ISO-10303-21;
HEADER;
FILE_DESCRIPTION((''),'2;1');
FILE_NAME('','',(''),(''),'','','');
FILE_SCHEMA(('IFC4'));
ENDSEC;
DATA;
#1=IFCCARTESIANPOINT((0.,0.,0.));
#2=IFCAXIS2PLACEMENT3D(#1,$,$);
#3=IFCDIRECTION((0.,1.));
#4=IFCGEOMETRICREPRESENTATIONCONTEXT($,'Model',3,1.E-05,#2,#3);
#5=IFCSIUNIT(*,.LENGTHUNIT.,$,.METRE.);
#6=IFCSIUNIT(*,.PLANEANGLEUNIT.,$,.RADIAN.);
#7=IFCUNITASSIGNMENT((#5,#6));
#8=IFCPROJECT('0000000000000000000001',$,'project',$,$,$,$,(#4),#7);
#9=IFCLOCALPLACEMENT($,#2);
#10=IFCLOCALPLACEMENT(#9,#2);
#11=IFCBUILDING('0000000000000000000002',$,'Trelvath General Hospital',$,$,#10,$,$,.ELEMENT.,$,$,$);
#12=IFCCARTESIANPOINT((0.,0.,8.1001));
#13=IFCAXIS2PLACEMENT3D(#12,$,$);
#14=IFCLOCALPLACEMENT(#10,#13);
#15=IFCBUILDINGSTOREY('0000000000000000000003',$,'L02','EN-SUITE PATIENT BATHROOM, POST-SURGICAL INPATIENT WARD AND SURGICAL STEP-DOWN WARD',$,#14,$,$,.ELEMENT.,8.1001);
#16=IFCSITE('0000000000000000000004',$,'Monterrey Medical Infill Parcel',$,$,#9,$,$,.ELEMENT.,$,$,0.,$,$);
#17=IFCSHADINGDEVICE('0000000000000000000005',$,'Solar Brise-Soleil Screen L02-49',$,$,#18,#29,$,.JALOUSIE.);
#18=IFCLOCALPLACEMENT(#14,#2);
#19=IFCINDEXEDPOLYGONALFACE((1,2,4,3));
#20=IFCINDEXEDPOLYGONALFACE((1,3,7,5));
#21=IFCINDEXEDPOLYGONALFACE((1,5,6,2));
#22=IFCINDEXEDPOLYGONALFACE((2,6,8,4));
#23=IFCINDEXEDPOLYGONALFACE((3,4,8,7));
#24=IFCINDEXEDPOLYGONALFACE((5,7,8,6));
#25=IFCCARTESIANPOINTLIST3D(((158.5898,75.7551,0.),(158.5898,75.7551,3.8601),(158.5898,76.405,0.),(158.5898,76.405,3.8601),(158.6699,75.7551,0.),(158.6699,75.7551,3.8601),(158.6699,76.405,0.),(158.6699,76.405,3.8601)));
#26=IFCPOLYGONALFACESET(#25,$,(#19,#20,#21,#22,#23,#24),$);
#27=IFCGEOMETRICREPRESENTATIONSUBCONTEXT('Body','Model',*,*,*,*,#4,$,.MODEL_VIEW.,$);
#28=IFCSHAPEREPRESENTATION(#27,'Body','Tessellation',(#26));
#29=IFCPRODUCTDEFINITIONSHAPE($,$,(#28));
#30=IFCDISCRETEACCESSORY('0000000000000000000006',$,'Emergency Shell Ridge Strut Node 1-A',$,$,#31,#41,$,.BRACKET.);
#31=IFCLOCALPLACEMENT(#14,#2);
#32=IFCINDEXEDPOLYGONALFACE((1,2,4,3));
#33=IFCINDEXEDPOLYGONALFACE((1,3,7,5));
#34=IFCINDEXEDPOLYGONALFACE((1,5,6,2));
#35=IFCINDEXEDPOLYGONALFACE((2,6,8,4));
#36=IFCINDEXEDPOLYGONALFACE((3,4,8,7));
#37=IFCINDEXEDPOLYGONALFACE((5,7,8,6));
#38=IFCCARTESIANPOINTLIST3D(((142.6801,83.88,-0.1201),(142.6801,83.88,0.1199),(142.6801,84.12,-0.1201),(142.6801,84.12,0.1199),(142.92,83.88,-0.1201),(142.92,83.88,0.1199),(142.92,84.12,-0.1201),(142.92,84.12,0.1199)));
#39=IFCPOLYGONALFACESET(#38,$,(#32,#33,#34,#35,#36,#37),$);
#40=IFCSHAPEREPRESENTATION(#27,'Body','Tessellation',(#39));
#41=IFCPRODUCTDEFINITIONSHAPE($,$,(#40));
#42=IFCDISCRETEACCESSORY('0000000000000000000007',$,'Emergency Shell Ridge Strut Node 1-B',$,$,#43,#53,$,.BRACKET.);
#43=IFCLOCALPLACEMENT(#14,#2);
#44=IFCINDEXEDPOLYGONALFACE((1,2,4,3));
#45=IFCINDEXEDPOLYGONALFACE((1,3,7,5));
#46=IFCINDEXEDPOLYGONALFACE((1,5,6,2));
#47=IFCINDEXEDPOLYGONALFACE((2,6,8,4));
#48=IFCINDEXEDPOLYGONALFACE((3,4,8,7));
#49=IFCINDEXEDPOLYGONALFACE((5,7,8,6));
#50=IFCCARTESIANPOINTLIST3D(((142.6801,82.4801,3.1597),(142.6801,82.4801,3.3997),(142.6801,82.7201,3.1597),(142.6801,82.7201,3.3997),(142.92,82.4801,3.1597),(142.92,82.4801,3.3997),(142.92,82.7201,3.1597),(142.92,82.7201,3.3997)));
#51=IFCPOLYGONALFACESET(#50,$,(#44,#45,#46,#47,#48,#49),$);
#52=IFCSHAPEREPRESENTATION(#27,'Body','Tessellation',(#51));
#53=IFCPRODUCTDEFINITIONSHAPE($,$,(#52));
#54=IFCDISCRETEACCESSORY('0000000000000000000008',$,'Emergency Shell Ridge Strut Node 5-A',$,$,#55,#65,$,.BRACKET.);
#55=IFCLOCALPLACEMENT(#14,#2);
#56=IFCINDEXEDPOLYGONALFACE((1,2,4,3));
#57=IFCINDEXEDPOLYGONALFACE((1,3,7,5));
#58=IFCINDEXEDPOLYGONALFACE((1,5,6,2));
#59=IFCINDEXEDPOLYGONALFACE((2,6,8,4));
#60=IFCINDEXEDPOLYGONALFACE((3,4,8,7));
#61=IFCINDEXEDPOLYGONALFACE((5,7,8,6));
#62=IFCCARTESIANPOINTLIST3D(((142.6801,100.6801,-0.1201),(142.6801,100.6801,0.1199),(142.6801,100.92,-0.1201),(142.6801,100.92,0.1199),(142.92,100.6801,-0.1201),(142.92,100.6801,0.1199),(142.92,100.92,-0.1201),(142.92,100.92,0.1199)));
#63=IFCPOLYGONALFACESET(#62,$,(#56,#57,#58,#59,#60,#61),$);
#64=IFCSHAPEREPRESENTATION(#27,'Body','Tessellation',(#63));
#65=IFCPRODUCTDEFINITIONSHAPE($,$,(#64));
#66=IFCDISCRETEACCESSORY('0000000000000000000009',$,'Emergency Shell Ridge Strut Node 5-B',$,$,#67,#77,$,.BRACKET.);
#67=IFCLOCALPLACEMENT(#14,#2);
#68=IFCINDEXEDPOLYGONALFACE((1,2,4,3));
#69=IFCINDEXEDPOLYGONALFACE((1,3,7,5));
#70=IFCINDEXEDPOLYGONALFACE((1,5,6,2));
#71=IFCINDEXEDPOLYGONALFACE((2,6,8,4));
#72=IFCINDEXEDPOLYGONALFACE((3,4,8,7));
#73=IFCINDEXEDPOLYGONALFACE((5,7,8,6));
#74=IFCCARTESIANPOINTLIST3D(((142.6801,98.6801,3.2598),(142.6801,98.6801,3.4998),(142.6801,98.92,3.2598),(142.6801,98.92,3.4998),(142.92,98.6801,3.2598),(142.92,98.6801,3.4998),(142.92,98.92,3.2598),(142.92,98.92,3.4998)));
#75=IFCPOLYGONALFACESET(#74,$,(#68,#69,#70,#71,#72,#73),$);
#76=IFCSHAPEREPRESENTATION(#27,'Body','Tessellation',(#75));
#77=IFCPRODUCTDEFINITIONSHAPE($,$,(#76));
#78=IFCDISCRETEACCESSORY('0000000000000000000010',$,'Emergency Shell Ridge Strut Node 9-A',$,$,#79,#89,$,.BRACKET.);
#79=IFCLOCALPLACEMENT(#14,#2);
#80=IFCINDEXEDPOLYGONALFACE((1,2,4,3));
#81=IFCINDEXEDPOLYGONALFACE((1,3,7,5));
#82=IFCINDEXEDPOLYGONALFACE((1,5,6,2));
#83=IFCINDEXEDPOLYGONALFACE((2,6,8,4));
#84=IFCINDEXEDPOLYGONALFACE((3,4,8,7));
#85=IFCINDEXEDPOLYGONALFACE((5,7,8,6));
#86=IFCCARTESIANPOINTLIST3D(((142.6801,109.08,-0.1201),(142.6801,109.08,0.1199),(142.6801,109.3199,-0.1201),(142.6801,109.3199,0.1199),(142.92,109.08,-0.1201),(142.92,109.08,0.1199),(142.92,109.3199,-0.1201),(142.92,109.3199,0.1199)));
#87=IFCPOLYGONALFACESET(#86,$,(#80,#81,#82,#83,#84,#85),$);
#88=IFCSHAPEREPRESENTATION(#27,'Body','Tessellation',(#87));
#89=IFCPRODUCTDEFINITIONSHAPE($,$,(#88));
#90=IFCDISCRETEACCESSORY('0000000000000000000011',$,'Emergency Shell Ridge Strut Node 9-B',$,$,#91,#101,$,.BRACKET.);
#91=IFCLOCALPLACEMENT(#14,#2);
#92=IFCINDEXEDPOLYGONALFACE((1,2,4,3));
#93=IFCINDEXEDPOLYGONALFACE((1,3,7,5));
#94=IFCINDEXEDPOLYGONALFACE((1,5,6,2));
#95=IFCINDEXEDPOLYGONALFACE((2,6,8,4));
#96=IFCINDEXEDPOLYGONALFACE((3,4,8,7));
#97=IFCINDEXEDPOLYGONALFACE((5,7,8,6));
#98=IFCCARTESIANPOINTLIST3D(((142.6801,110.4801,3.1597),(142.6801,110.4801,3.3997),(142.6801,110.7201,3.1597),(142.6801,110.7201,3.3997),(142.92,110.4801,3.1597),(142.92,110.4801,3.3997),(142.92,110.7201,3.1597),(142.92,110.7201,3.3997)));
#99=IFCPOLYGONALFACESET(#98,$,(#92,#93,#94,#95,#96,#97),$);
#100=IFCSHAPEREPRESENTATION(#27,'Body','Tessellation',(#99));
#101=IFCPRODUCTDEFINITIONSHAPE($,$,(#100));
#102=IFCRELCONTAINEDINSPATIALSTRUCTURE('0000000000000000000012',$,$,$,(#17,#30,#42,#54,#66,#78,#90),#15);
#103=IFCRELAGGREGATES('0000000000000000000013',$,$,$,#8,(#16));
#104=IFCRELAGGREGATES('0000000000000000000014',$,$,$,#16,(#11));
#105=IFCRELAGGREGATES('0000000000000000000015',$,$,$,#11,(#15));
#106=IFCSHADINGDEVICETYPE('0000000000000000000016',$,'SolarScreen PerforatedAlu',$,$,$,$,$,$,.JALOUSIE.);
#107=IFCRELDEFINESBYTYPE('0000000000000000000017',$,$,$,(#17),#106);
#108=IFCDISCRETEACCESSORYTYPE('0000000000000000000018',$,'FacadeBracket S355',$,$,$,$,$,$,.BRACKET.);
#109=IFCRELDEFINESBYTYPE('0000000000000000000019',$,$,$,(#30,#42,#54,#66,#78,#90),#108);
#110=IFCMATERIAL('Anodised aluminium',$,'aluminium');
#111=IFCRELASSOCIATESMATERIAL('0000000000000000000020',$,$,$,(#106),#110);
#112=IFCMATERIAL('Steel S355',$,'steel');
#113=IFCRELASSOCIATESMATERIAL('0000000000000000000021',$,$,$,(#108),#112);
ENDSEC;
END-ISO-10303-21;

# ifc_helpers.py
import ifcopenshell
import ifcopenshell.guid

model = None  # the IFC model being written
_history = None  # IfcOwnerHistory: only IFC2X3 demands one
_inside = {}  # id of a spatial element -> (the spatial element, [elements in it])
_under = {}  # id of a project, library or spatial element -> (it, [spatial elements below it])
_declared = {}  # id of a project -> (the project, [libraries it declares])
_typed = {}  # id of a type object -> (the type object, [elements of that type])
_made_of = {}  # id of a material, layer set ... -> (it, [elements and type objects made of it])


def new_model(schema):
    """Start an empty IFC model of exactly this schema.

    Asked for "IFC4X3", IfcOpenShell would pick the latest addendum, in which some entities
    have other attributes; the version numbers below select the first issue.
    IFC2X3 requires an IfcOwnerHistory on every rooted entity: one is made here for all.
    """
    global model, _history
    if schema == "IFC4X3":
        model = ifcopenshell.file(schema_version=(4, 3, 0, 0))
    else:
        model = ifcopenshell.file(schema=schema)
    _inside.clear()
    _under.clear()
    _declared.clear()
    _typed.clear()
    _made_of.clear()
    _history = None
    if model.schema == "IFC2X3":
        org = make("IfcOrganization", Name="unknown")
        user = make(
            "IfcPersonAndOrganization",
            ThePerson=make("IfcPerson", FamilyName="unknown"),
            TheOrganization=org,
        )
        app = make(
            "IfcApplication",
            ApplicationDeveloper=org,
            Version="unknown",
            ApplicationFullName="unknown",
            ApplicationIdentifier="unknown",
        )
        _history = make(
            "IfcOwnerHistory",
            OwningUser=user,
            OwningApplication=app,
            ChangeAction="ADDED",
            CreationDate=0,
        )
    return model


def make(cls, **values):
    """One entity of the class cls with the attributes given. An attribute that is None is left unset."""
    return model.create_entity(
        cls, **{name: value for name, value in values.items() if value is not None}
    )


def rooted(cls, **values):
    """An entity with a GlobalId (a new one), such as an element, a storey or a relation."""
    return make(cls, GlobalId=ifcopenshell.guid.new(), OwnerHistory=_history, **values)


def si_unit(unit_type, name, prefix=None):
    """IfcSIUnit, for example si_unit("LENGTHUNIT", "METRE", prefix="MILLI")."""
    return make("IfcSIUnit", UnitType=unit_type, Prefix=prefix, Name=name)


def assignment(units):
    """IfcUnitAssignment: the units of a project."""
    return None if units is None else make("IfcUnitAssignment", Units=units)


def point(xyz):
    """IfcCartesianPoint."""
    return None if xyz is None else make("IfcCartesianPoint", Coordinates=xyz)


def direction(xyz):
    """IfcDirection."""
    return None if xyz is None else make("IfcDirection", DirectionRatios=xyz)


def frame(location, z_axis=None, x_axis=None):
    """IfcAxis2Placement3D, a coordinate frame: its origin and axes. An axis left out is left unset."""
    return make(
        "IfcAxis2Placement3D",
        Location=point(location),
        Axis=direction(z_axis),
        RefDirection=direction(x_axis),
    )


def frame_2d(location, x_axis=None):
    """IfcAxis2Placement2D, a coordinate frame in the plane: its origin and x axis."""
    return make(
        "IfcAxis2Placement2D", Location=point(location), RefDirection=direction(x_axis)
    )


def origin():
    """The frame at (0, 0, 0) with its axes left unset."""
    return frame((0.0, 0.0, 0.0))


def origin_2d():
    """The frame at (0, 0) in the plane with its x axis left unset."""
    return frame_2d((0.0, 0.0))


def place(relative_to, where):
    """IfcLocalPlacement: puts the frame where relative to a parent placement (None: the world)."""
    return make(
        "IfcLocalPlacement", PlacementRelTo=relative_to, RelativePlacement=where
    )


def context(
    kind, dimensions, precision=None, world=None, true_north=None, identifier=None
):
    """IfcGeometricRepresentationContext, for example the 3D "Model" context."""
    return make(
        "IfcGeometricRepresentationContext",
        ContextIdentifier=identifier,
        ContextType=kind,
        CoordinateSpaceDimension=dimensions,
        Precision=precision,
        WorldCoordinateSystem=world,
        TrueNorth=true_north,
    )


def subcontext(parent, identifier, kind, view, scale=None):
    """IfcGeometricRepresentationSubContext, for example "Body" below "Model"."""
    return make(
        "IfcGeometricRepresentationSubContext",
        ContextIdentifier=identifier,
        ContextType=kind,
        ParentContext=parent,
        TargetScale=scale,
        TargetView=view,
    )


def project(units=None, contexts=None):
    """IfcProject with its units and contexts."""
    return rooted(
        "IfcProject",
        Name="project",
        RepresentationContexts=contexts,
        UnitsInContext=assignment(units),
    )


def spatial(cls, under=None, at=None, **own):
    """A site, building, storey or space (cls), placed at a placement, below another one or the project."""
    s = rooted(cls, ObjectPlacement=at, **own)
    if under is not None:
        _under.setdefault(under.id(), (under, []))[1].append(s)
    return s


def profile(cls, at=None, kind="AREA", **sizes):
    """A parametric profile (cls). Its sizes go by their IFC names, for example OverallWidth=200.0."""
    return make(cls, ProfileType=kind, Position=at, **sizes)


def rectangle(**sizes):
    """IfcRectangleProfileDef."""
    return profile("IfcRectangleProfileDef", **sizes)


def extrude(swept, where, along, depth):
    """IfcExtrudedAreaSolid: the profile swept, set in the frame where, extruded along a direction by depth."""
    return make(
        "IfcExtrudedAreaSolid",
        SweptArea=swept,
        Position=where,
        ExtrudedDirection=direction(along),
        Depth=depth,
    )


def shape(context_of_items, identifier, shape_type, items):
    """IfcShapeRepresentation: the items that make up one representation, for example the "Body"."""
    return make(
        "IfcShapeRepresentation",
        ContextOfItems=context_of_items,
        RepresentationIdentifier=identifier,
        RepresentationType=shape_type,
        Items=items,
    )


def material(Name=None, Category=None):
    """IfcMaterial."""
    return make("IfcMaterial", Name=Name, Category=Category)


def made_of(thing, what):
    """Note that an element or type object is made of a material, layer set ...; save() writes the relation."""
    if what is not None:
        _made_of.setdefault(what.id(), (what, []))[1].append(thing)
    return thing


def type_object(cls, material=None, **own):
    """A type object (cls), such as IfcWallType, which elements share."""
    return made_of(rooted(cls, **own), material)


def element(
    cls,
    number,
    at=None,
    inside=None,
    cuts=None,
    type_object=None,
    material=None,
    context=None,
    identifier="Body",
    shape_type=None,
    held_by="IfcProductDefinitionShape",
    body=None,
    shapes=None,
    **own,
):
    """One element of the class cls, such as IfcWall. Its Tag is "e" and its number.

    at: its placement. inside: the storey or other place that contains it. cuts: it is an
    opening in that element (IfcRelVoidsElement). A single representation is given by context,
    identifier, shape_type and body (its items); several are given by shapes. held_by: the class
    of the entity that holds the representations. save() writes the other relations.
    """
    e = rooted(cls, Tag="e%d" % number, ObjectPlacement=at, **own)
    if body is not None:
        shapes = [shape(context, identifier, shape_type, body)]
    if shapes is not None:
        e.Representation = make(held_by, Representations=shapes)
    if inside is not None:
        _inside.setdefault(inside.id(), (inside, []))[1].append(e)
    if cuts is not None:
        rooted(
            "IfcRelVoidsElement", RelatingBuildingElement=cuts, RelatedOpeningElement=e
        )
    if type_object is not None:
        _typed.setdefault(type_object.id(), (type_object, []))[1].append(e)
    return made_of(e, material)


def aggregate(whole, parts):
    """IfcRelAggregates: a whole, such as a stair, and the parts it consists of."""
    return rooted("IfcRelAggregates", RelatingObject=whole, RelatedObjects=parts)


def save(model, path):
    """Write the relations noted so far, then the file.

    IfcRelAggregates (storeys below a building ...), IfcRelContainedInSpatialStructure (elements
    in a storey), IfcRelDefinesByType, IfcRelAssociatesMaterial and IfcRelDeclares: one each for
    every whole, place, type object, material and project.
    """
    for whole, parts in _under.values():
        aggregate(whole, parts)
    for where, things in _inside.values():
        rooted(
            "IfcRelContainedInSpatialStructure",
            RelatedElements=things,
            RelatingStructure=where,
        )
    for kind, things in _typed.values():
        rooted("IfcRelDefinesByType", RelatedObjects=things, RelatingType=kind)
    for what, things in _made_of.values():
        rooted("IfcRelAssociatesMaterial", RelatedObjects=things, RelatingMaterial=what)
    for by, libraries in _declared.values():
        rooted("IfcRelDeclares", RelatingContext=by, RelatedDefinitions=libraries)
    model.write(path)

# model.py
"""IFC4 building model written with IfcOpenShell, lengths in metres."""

from ifc_helpers import new_model, si_unit, direction, frame, origin, origin_2d, place, context, subcontext, project, spatial, rectangle, extrude, material, type_object, element, save


model = new_model("IFC4")

# Units and contexts
model_context = context("Model", 3, precision=1e-05, world=origin(), true_north=direction((0.0, 1.0)))
body_context = subcontext(model_context, "Body", "Model", "MODEL_VIEW")
ifc_project = project(units=[si_unit("LENGTHUNIT", "METRE"), si_unit("PLANEANGLEUNIT", "RADIAN")], contexts=[model_context])

# Site, building, storey
site_placement = place(None, origin())
site = spatial("IfcSite", under=ifc_project, at=site_placement, Name="Monterrey Medical Infill Parcel", CompositionType="ELEMENT", RefElevation=0.0)
building_placement = place(site_placement, origin())
building = spatial("IfcBuilding", under=site, at=building_placement, Name="Trelvath General Hospital", CompositionType="ELEMENT")
storey_placement = place(building_placement, frame((0.0, 0.0, 8.1001)))
storey = spatial("IfcBuildingStorey", under=building, at=storey_placement, Name="L02", Description="EN-SUITE PATIENT BATHROOM, POST-SURGICAL INPATIENT WARD AND SURGICAL STEP-DOWN WARD", CompositionType="ELEMENT", Elevation=8.1001)

# Shading device
ifc_material_1 = material(Name="Anodised aluminium", Category="aluminium")
shading_device_type_1 = type_object("IfcShadingDeviceType", Name="SolarScreen PerforatedAlu", PredefinedType="JALOUSIE", material=ifc_material_1)
shading_device_1_placement = place(storey_placement, frame((158.6299, 76.0801, 0.0), z_axis=(0.0, 0.0, 1.0), x_axis=(0.0, 1.0, 0.0)))
element("IfcShadingDevice", 1, at=shading_device_1_placement, inside=storey, type_object=shading_device_type_1, Name="Solar Brise-Soleil Screen L02-49", PredefinedType="JALOUSIE", context=body_context, shape_type="SweptSolid", body=[
    extrude(rectangle(XDim=0.6499, YDim=0.0801, at=origin_2d()), origin(), (0.0, 0.0, 1.0), 3.8601),
])

# Discrete accessories
ifc_material_2 = material(Name="Steel S355", Category="steel")
discrete_accessory_type = type_object("IfcDiscreteAccessoryType", Name="FacadeBracket S355", PredefinedType="BRACKET", material=ifc_material_2)
for number, where, z_axis, x_axis, name in (
    (2, (142.8, 84.0, -0.1201), (0.0, 0.0, 1.0), (1.0, 0.0, 0.0), "Emergency Shell Ridge Strut Node 1-A"),
    (3, (142.8, 82.6001, 3.1597), (0.0, 0.0, 1.0), (1.0, 0.0, 0.0), "Emergency Shell Ridge Strut Node 1-B"),
    (4, (142.8, 100.8, -0.1201), (0.0, 0.0, 1.0), (1.0, 0.0, 0.0), "Emergency Shell Ridge Strut Node 5-A"),
    (5, (142.8, 98.8, 3.2598), (0.0, 0.0, 1.0), (1.0, 0.0, 0.0), "Emergency Shell Ridge Strut Node 5-B"),
    (6, (142.8, 109.2, -0.1201), (0.0, 0.0, 1.0), (1.0, 0.0, 0.0), "Emergency Shell Ridge Strut Node 9-A"),
    (7, (142.8, 110.6001, 3.1597), (0.0, 0.0, 1.0), (1.0, 0.0, 0.0), "Emergency Shell Ridge Strut Node 9-B"),
):
    element("IfcDiscreteAccessory", number, at=place(storey_placement, frame(where, z_axis=z_axis, x_axis=x_axis)), inside=storey, type_object=discrete_accessory_type, Name=name, PredefinedType="BRACKET", context=body_context, shape_type="SweptSolid", body=[
        extrude(rectangle(XDim=0.24, YDim=0.24, at=origin_2d()), origin(), (0.0, 0.0, 1.0), 0.24),
    ])

save(model, "model.ifc")
